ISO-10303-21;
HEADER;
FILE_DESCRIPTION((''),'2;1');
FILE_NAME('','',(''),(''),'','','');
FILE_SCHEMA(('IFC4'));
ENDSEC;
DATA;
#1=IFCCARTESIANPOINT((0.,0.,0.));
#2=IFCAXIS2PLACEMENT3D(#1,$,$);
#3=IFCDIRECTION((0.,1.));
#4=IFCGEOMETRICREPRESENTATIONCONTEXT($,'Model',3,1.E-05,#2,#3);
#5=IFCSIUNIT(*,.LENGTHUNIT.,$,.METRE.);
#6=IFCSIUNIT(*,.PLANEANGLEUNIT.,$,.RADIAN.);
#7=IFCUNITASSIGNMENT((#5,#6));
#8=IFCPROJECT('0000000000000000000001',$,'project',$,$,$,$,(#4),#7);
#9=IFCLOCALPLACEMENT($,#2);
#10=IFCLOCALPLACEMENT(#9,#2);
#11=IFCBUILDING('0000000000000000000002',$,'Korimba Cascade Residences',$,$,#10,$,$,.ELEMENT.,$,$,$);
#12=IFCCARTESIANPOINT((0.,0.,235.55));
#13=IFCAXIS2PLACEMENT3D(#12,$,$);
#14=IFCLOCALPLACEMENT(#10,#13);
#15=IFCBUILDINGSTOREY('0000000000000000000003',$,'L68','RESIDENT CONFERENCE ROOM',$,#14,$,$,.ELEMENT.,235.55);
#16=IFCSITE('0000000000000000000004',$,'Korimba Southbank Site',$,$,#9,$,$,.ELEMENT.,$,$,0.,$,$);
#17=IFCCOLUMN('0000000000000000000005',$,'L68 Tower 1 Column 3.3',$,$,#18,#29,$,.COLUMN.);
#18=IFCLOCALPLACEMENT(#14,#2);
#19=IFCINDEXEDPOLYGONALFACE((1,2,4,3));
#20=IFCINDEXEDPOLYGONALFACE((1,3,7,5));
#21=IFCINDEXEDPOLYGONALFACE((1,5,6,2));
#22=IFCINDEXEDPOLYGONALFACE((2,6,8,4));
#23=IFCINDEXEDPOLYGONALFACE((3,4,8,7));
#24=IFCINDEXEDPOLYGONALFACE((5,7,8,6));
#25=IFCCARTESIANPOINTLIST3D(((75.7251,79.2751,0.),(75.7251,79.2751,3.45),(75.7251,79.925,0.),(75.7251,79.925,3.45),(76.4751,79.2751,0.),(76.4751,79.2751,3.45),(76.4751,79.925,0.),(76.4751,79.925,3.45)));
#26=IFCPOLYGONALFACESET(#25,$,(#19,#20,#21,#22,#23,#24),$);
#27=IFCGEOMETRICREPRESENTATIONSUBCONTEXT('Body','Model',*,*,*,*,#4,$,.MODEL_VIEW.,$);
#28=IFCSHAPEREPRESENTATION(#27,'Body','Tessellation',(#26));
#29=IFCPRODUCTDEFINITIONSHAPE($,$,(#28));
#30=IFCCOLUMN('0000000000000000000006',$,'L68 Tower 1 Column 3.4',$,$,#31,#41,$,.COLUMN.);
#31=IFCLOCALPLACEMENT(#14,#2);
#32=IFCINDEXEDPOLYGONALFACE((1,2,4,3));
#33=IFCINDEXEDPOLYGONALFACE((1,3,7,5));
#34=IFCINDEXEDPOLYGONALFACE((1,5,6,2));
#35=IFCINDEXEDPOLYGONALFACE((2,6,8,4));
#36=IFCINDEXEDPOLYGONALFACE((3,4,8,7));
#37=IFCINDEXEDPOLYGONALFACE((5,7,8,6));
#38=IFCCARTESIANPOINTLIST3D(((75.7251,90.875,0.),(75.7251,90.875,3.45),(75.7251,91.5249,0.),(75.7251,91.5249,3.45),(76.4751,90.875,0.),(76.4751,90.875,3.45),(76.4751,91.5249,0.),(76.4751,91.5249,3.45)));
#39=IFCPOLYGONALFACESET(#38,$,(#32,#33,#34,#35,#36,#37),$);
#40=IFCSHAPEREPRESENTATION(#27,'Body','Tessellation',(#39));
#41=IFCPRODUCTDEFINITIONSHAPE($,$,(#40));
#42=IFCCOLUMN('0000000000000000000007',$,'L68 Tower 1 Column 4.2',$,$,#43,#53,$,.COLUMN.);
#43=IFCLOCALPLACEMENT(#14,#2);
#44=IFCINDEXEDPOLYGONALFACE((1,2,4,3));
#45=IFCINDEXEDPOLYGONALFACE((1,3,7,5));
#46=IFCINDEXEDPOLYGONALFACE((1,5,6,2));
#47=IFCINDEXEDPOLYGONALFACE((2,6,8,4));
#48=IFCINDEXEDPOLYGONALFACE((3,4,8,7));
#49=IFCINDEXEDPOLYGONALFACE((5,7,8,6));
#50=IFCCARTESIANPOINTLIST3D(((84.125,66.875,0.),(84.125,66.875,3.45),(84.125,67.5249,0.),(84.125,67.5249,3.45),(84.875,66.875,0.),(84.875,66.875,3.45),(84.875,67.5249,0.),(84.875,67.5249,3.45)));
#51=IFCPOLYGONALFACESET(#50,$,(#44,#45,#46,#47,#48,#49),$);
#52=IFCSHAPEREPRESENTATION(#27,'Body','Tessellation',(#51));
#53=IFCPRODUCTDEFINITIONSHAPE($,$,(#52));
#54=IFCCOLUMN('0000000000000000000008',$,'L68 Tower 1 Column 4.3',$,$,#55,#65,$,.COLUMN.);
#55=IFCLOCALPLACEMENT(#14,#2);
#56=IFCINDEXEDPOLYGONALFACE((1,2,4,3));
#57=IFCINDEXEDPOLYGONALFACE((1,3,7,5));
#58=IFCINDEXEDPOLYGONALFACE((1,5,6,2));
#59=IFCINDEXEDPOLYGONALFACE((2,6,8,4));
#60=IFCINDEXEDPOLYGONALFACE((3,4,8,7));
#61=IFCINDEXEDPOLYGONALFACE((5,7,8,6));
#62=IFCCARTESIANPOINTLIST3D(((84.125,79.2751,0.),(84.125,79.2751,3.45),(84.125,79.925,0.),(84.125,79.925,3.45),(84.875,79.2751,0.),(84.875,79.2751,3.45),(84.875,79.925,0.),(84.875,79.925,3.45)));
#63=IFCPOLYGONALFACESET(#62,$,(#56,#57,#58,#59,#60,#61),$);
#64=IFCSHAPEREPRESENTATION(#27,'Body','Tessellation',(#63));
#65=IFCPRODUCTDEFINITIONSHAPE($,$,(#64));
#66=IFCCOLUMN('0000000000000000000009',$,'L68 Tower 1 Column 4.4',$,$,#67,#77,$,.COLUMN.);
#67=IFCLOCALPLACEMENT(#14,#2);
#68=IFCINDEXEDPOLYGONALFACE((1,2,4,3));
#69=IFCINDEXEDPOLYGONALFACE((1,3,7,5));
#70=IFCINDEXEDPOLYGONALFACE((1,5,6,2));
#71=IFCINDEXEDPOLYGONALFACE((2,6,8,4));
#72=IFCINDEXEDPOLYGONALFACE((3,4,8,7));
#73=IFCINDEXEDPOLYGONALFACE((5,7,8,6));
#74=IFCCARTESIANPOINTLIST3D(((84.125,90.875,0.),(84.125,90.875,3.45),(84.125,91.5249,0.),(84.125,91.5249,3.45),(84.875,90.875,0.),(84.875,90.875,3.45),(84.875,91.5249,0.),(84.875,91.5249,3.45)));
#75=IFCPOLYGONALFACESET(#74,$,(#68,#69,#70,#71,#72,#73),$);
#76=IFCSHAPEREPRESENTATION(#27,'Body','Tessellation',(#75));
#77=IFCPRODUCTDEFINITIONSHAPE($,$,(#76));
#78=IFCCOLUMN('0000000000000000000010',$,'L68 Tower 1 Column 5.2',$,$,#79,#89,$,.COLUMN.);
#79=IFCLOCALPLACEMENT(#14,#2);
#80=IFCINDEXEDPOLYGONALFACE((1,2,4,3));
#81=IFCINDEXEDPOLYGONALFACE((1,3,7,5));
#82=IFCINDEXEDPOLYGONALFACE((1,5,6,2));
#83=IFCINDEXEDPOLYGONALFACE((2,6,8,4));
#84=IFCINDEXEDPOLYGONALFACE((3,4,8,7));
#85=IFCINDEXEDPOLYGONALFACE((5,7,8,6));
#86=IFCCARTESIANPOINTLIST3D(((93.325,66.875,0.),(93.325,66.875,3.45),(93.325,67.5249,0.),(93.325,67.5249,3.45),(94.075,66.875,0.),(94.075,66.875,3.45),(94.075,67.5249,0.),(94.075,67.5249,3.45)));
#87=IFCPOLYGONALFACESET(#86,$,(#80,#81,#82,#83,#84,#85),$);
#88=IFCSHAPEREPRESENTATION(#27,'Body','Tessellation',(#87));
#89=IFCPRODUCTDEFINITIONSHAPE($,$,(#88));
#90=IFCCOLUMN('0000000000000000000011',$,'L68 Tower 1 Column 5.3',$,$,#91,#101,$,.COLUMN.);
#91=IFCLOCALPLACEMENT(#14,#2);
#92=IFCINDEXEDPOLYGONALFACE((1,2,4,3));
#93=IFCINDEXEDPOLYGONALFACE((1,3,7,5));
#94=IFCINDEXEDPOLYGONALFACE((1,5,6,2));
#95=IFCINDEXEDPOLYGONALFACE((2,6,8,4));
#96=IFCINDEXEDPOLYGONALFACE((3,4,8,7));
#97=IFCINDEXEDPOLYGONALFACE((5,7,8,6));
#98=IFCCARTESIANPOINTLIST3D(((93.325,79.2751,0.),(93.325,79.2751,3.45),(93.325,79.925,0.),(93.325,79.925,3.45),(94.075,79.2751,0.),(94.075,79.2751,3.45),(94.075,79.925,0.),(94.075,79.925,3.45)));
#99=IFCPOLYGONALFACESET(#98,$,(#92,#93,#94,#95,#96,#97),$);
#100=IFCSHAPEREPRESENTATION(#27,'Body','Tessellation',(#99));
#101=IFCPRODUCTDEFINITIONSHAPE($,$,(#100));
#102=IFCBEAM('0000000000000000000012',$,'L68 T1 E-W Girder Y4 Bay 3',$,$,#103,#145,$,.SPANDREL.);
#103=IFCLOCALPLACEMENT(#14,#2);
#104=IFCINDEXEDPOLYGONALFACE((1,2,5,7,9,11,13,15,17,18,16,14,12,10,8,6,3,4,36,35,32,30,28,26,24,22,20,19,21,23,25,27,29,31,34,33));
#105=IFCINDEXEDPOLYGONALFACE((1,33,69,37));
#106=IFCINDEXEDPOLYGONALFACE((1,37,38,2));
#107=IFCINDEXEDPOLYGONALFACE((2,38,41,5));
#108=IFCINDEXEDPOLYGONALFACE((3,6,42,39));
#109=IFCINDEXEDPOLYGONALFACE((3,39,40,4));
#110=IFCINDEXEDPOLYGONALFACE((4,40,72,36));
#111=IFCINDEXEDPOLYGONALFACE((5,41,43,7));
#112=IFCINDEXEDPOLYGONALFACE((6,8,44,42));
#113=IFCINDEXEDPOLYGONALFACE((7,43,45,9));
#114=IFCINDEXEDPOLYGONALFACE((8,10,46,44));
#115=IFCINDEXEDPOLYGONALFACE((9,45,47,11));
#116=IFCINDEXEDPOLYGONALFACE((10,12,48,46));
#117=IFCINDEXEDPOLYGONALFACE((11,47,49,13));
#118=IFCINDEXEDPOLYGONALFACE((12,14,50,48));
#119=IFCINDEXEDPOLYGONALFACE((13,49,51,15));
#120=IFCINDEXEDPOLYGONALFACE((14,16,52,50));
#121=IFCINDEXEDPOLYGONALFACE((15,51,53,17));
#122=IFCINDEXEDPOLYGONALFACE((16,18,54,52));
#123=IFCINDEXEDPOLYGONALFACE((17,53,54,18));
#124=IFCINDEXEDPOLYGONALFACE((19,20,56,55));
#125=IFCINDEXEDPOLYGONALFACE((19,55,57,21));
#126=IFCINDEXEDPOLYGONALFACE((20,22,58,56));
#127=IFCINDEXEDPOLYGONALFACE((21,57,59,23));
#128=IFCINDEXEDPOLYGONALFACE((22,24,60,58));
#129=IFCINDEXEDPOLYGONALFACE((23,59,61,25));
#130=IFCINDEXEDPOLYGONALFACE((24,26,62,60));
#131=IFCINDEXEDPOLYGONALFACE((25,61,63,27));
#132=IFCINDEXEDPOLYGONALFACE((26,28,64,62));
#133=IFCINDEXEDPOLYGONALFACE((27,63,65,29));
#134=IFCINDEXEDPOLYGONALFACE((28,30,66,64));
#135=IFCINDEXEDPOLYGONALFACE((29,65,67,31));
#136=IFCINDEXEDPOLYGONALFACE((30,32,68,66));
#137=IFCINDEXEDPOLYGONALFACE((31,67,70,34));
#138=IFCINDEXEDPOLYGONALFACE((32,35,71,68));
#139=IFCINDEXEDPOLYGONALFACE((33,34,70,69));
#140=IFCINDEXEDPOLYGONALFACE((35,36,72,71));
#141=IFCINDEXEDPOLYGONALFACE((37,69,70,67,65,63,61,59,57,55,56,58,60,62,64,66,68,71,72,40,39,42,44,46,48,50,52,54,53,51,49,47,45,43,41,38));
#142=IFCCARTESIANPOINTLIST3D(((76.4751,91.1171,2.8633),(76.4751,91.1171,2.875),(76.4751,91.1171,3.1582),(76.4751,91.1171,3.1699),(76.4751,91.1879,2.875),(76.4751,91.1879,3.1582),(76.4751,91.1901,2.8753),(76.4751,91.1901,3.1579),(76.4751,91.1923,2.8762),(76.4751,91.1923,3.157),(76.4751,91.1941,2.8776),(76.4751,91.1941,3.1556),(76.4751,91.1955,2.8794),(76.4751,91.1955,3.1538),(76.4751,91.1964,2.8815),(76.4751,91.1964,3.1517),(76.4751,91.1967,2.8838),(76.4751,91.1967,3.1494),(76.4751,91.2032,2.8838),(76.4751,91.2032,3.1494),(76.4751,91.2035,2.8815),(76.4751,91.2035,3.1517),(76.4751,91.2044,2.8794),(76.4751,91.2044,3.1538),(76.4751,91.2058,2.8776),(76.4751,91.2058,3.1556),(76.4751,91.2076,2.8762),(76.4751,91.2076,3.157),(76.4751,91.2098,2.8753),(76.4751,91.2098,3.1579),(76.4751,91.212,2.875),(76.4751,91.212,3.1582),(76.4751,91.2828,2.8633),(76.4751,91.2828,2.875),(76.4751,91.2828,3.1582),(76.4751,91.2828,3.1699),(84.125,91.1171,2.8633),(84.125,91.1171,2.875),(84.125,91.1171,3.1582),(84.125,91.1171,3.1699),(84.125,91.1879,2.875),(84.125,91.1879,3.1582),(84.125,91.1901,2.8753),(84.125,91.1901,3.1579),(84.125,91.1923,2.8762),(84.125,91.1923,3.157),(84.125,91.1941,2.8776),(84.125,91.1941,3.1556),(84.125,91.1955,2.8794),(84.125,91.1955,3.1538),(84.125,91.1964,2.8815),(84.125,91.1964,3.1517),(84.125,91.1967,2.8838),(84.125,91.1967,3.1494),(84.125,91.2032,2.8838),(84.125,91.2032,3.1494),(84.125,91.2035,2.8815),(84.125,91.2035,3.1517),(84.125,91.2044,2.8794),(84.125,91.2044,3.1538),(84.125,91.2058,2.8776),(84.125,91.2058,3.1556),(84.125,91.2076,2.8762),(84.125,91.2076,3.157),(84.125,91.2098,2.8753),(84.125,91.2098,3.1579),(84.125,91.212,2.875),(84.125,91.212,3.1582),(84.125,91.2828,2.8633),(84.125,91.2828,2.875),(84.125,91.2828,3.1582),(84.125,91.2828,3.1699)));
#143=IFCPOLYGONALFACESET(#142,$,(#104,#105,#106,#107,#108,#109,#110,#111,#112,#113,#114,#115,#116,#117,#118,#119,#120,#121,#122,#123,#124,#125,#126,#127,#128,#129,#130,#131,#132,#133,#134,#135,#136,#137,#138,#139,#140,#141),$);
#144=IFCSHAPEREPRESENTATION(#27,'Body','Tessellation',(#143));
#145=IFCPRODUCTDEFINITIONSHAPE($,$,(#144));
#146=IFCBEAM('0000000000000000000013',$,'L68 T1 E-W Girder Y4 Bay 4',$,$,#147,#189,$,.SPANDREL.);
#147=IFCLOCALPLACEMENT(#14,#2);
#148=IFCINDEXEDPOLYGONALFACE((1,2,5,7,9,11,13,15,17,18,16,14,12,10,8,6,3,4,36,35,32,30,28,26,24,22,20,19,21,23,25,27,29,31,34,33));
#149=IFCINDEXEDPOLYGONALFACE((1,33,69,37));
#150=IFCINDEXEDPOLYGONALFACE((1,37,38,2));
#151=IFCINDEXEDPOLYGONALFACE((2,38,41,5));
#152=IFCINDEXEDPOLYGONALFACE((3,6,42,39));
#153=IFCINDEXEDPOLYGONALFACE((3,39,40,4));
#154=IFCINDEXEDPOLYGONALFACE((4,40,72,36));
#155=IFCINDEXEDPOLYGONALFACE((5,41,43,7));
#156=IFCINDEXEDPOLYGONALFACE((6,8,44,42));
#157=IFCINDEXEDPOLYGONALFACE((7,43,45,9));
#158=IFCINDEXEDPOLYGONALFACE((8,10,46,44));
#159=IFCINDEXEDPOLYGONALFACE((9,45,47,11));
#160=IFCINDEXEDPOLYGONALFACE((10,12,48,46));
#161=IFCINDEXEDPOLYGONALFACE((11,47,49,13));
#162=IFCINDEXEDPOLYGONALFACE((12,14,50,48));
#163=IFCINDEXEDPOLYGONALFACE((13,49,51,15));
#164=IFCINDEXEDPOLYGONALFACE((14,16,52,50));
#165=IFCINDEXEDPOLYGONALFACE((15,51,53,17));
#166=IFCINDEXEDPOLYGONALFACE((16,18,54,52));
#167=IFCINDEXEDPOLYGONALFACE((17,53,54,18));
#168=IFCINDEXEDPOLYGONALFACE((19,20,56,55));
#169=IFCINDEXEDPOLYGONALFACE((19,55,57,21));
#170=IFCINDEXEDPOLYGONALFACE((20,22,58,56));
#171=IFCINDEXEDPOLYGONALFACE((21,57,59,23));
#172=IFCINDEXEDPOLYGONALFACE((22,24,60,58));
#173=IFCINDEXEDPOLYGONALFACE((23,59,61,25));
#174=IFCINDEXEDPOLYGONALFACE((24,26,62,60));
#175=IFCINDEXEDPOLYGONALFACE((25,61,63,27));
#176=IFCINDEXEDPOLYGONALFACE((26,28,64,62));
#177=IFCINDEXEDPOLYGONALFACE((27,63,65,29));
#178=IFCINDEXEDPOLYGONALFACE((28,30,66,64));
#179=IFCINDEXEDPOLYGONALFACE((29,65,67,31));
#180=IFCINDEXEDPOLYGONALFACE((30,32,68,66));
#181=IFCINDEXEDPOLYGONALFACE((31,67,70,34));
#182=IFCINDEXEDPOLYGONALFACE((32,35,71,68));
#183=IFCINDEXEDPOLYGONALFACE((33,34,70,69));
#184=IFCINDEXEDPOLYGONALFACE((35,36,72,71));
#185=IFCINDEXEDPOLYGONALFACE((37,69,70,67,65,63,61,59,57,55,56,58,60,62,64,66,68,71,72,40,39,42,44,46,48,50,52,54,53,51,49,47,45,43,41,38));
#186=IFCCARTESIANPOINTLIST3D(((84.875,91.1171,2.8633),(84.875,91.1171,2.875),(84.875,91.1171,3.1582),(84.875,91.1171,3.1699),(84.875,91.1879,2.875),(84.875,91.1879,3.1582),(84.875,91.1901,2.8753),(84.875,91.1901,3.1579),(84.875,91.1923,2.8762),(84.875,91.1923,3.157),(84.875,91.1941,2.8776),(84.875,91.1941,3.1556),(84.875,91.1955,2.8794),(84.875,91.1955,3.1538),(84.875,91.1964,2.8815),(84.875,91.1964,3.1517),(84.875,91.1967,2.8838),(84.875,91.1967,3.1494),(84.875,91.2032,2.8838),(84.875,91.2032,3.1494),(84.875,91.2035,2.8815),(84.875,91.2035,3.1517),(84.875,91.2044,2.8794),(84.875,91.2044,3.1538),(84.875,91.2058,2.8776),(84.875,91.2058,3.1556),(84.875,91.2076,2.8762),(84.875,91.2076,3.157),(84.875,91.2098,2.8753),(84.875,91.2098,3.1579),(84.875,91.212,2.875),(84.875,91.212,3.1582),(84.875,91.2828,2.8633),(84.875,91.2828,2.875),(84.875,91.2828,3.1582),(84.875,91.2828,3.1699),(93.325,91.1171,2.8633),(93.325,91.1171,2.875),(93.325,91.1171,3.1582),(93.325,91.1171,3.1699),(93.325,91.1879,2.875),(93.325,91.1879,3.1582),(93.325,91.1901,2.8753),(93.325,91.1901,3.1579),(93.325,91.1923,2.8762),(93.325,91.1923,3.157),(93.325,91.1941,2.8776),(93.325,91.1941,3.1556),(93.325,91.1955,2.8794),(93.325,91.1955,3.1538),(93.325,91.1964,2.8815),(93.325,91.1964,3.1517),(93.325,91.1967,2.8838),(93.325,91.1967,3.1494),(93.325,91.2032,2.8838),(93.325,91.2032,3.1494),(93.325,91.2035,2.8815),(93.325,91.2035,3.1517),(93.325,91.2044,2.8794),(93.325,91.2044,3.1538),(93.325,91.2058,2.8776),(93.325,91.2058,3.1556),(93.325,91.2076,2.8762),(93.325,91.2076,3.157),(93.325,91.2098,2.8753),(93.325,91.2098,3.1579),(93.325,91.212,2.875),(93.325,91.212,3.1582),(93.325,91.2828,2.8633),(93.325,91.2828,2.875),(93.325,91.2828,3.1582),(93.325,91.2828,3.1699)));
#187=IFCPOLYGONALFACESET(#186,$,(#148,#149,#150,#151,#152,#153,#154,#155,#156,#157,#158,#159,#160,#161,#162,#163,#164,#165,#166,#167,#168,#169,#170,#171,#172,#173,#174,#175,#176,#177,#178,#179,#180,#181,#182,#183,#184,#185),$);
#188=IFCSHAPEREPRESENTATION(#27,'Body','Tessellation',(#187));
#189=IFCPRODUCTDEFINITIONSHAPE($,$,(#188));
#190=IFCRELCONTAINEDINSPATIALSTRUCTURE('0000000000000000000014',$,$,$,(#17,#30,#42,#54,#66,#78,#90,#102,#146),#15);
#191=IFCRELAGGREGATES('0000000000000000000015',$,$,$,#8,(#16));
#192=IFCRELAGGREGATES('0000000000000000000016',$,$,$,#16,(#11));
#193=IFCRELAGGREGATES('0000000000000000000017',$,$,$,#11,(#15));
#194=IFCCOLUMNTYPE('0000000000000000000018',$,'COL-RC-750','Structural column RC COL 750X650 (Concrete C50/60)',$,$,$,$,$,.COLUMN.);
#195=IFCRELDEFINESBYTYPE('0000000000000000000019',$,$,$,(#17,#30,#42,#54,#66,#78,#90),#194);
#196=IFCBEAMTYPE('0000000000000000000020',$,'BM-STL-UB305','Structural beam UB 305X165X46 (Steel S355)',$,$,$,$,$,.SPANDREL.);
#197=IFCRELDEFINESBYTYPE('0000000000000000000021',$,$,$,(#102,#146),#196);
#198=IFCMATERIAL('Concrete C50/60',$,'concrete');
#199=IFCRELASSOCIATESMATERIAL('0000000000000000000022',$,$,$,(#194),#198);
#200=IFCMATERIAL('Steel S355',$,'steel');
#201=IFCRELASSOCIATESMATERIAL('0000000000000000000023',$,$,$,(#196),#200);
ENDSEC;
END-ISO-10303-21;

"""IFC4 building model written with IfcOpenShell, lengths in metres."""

from ifc_helpers import new_model, si_unit, direction, frame, origin, origin_2d, place, context, subcontext, project, spatial, rectangle, i_section, extrude, material, material_profile, profile_set, type_object, element, save


model = new_model("IFC4")

# Units and contexts
model_context = context("Model", 3, precision=1e-05, world=origin(), true_north=direction((0.0, 1.0)))
body_context = subcontext(model_context, "Body", "Model", "MODEL_VIEW")
ifc_project = project(units=[si_unit("LENGTHUNIT", "METRE"), si_unit("PLANEANGLEUNIT", "RADIAN")], contexts=[model_context])

# Site, building, storey
site_placement = place(None, origin())
site = spatial("IfcSite", under=ifc_project, at=site_placement, Name="Korimba Southbank Site", CompositionType="ELEMENT", RefElevation=0.0)
building_placement = place(site_placement, origin())
building = spatial("IfcBuilding", under=site, at=building_placement, Name="Korimba Cascade Residences", CompositionType="ELEMENT")
storey_placement = place(building_placement, frame((0.0, 0.0, 235.55)))
storey = spatial("IfcBuildingStorey", under=building, at=storey_placement, Name="L68", Description="RESIDENT CONFERENCE ROOM", CompositionType="ELEMENT", Elevation=235.55)

# Columns
ifc_material_1 = material(Name="Concrete C50/60", Category="concrete")
ifc_material_profile_1 = material_profile(ifc_material_1, rectangle(XDim=0.75, YDim=0.6499, at=origin_2d()), Name="Concrete C50/60")
ifc_profile_set_1 = profile_set([ifc_material_profile_1], Name="Concrete C50/60")
column_type = type_object("IfcColumnType", Name="COL-RC-750", Description="Structural column RC COL 750X650 (Concrete C50/60)", PredefinedType="COLUMN", material=ifc_profile_set_1)
for number, where, z_axis, x_axis, name in (
    (1, (76.1001, 79.6001, 0.0), (0.0, 0.0, 1.0), (1.0, 0.0, 0.0), "L68 Tower 1 Column 3.3"),
    (2, (76.1001, 91.2, 0.0), (0.0, 0.0, 1.0), (1.0, 0.0, 0.0), "L68 Tower 1 Column 3.4"),
    (3, (84.5, 67.2, 0.0), (0.0, 0.0, 1.0), (1.0, 0.0, 0.0), "L68 Tower 1 Column 4.2"),
    (4, (84.5, 79.6001, 0.0), (0.0, 0.0, 1.0), (1.0, 0.0, 0.0), "L68 Tower 1 Column 4.3"),
    (5, (84.5, 91.2, 0.0), (0.0, 0.0, 1.0), (1.0, 0.0, 0.0), "L68 Tower 1 Column 4.4"),
    (6, (93.7, 67.2, 0.0), (0.0, 0.0, 1.0), (1.0, 0.0, 0.0), "L68 Tower 1 Column 5.2"),
    (7, (93.7, 79.6001, 0.0), (0.0, 0.0, 1.0), (1.0, 0.0, 0.0), "L68 Tower 1 Column 5.3"),
):
    element("IfcColumn", number, at=place(storey_placement, frame(where, z_axis=z_axis, x_axis=x_axis)), inside=storey, type_object=column_type, Name=name, PredefinedType="COLUMN", context=body_context, shape_type="SweptSolid", body=[
        extrude(rectangle(XDim=0.75, YDim=0.6499, at=origin_2d()), origin(), (0.0, 0.0, 1.0), 3.45),
    ])

# Beams
ifc_material_2 = material(Name="Steel S355", Category="steel")
ifc_material_profile_2 = material_profile(ifc_material_2, i_section(OverallWidth=0.1658, OverallDepth=0.3066, WebThickness=0.0066, FlangeThickness=0.0117, FilletRadius=0.0088, at=origin_2d()), Name="Steel S355")
ifc_profile_set_2 = profile_set([ifc_material_profile_2], Name="Steel S355")
beam_type_1 = type_object("IfcBeamType", Name="BM-STL-UB305", Description="Structural beam UB 305X165X46 (Steel S355)", PredefinedType="SPANDREL", material=ifc_profile_set_2)
beam_1_placement = place(storey_placement, frame((76.4751, 91.2, 3.0166), z_axis=(1.0, 0.0, 0.0), x_axis=(0.0, 1.0, 0.0)))
element("IfcBeam", 8, at=beam_1_placement, inside=storey, type_object=beam_type_1, Name="L68 T1 E-W Girder Y4 Bay 3", PredefinedType="SPANDREL", context=body_context, shape_type="SweptSolid", body=[
    extrude(i_section(OverallWidth=0.1658, OverallDepth=0.3066, WebThickness=0.0066, FlangeThickness=0.0117, FilletRadius=0.0088, at=origin_2d()), origin(), (0.0, 0.0, 1.0), 7.6499),
])
beam_2_placement = place(storey_placement, frame((84.875, 91.2, 3.0166), z_axis=(1.0, 0.0, 0.0), x_axis=(0.0, 1.0, 0.0)))
element("IfcBeam", 9, at=beam_2_placement, inside=storey, type_object=beam_type_1, Name="L68 T1 E-W Girder Y4 Bay 4", PredefinedType="SPANDREL", context=body_context, shape_type="SweptSolid", body=[
    extrude(i_section(OverallWidth=0.1658, OverallDepth=0.3066, WebThickness=0.0066, FlangeThickness=0.0117, FilletRadius=0.0088, at=origin_2d()), origin(), (0.0, 0.0, 1.0), 8.45),
])

save(model, "model.ifc")
